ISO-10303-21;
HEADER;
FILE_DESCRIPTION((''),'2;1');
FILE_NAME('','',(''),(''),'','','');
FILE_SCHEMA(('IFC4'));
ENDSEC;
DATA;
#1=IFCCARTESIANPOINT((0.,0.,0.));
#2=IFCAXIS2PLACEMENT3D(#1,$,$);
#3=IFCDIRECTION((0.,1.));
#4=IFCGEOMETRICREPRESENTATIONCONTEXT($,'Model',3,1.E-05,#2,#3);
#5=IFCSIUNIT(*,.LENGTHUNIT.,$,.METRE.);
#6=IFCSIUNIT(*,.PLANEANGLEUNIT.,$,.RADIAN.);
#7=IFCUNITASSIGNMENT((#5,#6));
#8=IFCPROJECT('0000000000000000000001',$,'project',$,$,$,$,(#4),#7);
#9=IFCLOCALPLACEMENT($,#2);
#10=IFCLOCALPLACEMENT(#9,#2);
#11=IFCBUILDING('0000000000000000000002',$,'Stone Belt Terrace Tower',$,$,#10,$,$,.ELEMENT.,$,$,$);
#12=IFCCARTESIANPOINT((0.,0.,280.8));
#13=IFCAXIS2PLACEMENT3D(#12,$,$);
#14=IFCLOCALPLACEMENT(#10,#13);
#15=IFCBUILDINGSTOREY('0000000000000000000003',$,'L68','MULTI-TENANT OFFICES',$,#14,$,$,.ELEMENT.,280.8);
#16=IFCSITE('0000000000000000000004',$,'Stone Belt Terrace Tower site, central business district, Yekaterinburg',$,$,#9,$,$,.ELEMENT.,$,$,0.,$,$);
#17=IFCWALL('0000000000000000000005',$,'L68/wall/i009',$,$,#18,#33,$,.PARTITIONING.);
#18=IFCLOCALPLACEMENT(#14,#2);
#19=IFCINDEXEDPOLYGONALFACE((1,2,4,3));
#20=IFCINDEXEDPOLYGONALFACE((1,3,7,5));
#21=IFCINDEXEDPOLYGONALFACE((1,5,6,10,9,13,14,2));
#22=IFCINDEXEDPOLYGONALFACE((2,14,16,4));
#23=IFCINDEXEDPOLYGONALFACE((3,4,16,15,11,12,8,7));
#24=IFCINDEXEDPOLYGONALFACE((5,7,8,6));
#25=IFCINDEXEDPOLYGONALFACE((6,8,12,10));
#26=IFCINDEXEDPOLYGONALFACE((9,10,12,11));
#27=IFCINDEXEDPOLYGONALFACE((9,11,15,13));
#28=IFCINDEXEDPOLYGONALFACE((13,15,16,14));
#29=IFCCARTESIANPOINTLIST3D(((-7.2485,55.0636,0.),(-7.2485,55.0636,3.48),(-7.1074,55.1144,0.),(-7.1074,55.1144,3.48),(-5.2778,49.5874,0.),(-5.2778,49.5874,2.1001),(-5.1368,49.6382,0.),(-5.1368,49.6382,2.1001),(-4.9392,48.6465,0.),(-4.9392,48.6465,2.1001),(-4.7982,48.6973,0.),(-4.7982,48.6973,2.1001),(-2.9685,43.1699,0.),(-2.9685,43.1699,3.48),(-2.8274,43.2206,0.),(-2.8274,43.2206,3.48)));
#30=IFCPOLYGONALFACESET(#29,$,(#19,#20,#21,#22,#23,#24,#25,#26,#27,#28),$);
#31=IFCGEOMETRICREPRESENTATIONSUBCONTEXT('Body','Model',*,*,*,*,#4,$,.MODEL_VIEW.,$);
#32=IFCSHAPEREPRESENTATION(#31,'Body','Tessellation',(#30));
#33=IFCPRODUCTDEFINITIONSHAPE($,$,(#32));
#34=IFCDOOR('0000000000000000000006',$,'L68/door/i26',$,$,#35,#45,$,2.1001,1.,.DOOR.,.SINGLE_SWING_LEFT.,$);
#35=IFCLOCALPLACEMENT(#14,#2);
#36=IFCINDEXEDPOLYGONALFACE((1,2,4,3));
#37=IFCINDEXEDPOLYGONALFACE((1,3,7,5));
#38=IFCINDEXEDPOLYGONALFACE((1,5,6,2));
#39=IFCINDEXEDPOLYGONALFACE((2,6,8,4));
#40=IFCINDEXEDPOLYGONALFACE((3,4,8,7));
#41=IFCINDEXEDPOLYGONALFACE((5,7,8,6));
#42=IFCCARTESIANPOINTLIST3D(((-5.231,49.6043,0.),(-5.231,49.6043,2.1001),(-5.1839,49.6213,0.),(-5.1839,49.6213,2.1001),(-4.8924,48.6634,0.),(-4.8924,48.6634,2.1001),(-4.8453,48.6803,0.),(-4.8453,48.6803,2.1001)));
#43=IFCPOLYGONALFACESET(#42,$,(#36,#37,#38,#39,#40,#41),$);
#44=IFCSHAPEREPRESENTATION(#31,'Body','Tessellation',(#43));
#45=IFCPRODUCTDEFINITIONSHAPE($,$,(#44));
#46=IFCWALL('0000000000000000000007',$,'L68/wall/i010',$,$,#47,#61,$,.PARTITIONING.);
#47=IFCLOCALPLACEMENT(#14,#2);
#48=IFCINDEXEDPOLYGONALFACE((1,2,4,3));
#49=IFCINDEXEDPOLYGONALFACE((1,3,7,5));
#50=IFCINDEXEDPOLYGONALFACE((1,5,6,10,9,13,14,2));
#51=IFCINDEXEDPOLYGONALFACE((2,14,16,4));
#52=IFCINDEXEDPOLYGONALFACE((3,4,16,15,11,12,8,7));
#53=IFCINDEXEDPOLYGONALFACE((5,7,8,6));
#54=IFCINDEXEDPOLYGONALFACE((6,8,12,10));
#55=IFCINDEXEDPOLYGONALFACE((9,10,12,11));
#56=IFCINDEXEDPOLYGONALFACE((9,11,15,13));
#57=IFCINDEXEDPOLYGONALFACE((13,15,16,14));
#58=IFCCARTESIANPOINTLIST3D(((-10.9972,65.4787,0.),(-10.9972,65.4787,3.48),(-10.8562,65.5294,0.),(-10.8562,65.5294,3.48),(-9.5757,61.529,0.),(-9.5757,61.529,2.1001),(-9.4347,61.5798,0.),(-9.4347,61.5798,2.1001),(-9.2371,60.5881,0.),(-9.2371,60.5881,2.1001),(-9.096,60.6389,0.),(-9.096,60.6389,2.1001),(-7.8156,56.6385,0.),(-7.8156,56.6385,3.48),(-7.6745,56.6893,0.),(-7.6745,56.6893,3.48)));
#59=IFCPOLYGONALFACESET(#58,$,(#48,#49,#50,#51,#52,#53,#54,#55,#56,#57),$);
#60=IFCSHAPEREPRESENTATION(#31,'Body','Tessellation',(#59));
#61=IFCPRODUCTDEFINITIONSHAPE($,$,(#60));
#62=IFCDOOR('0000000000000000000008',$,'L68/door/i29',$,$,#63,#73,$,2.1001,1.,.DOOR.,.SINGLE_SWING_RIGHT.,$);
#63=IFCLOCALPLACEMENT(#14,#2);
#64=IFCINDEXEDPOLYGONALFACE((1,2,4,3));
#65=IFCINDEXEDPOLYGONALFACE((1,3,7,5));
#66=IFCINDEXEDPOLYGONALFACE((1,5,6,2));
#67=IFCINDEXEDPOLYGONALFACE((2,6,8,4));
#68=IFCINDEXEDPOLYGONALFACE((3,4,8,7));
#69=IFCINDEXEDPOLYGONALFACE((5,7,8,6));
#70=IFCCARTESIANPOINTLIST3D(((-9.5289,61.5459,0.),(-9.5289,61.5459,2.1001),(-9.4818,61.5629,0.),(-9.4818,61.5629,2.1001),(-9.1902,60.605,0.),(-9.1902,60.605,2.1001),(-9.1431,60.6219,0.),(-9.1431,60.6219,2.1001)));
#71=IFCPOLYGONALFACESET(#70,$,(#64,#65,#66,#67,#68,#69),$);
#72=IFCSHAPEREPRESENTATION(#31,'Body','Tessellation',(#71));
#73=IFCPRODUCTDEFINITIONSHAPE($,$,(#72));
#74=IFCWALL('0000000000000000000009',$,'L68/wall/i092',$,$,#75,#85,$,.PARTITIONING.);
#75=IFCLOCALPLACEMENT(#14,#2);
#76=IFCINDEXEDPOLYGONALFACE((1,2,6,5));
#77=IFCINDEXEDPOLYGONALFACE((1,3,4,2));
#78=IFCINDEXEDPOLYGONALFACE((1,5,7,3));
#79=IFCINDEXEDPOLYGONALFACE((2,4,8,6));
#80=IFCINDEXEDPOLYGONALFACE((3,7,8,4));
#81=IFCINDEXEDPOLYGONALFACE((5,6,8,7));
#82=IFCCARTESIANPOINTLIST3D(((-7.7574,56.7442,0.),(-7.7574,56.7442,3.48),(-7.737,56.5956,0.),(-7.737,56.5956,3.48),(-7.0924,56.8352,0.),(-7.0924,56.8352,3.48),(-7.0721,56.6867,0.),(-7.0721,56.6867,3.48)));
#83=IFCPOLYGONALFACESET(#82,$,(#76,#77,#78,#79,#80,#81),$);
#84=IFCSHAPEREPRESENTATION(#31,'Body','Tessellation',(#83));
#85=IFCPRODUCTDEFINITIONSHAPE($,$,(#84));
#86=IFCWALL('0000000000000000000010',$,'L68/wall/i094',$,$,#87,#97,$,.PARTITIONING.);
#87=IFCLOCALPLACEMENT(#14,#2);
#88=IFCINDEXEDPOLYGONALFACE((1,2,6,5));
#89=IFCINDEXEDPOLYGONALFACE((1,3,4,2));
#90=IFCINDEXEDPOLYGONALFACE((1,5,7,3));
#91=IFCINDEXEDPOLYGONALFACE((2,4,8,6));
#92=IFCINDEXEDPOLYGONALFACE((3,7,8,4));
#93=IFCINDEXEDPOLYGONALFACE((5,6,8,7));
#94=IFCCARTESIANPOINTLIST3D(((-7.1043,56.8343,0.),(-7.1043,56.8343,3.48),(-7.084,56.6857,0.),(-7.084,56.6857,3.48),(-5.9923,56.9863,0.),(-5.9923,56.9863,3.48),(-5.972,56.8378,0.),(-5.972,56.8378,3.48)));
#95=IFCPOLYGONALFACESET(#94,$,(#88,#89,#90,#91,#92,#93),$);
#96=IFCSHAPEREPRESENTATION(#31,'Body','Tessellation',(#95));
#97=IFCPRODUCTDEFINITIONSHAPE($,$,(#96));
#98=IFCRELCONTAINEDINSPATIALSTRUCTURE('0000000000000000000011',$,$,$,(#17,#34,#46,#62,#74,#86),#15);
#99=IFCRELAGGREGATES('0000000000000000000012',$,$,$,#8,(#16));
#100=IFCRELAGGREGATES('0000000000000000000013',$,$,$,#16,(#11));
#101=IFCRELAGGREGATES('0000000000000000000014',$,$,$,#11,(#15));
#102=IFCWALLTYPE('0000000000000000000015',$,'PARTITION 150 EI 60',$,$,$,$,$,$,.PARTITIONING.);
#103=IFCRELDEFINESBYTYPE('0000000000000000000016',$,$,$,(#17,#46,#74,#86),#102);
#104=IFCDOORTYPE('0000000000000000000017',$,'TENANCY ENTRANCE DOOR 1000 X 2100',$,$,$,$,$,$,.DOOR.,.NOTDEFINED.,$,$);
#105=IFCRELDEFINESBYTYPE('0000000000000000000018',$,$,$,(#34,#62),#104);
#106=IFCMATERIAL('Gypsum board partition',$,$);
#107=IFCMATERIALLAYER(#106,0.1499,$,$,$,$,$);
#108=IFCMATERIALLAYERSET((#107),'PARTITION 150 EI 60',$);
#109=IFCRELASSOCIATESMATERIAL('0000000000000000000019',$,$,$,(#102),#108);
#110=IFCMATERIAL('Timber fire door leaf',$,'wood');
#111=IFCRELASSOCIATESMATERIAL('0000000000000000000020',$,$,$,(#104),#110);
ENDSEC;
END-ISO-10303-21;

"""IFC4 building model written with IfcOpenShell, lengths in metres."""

from ifc_helpers import new_model, si_unit, direction, frame, frame_2d, origin, place, context, subcontext, project, spatial, rectangle, extrude, material, layer, layer_set, type_object, element, fill, save


model = new_model("IFC4")

# Units and contexts
model_context = context("Model", 3, precision=1e-05, world=origin(), true_north=direction((0.0, 1.0)))
body_context = subcontext(model_context, "Body", "Model", "MODEL_VIEW")
ifc_project = project(units=[si_unit("LENGTHUNIT", "METRE"), si_unit("PLANEANGLEUNIT", "RADIAN")], contexts=[model_context])

# Site, building, storey
site_placement = place(None, origin())
site = spatial("IfcSite", under=ifc_project, at=site_placement, Name="Stone Belt Terrace Tower site, central business district, Yekaterinburg", CompositionType="ELEMENT", RefElevation=0.0)
building_placement = place(site_placement, origin())
building = spatial("IfcBuilding", under=site, at=building_placement, Name="Stone Belt Terrace Tower", CompositionType="ELEMENT")
storey_placement = place(building_placement, frame((0.0, 0.0, 280.8)))
storey = spatial("IfcBuildingStorey", under=building, at=storey_placement, Name="L68", Description="MULTI-TENANT OFFICES", CompositionType="ELEMENT", Elevation=280.8)

# Shared definitions
ifc_material_1 = material(Name="Gypsum board partition")

# Walls, openings, doors
ifc_layer_1 = layer(ifc_material_1, 0.1499)
ifc_layer_set_1 = layer_set([ifc_layer_1], Name="PARTITION 150 EI 60")
wall_type_1 = type_object("IfcWallType", Name="PARTITION 150 EI 60", PredefinedType="PARTITIONING", material=ifc_layer_set_1)
wall_1_placement = place(storey_placement, frame((-7.178, 55.0891, 0.0), z_axis=(0.0, 0.0, 1.0), x_axis=(0.338598, -0.940931, 0.0)))
wall_1 = element("IfcWall", 1, at=wall_1_placement, inside=storey, type_object=wall_type_1, Name="L68/wall/i009", PredefinedType="PARTITIONING", context=body_context, shape_type="SweptSolid", body=[
    extrude(rectangle(XDim=12.6404, YDim=0.1499, at=frame_2d((6.3203, 0.0))), origin(), (0.0, 0.0, 1.0), 3.48),
])
opening_1_placement = place(wall_1_placement, frame((5.8201, 0.0, 0.0)))
opening_1 = element("IfcOpeningElement", 2, at=opening_1_placement, cuts=wall_1, PredefinedType="OPENING", context=body_context, shape_type="SweptSolid", body=[
    extrude(rectangle(XDim=1.0, YDim=2.1001, at=frame_2d((0.5, 1.05))), frame((0.0, 0.085, 0.0), z_axis=(0.0, -1.0, 0.0), x_axis=(1.0, 0.0, 0.0)), (0.0, 0.0, 1.0), 0.1699),
])
ifc_material_2 = material(Name="Timber fire door leaf", Category="wood")
door_type_1 = type_object("IfcDoorType", Name="TENANCY ENTRANCE DOOR 1000 X 2100", OperationType="NOTDEFINED", PredefinedType="DOOR", material=ifc_material_2)
door_1_placement = place(opening_1_placement, origin())
door_1 = element("IfcDoor", 3, at=door_1_placement, inside=storey, type_object=door_type_1, Name="L68/door/i26", OperationType="SINGLE_SWING_LEFT", OverallHeight=2.1001, OverallWidth=1.0, PredefinedType="DOOR", context=body_context, shape_type="SweptSolid", body=[
    extrude(rectangle(XDim=1.0, YDim=2.1001, at=frame_2d((0.5, 1.05))), frame((0.0, 0.0249, 0.0), z_axis=(0.0, -1.0, 0.0), x_axis=(1.0, 0.0, 0.0)), (0.0, 0.0, 1.0), 0.05),
])
fill(opening_1, door_1)
wall_2_placement = place(storey_placement, frame((-10.9268, 65.5042, 0.0), z_axis=(0.0, 0.0, 1.0), x_axis=(0.338645, -0.940914, 0.0)))
wall_2 = element("IfcWall", 4, at=wall_2_placement, inside=storey, type_object=wall_type_1, Name="L68/wall/i010", PredefinedType="PARTITIONING", context=body_context, shape_type="SweptSolid", body=[
    extrude(rectangle(XDim=9.3953, YDim=0.1499, at=frame_2d((4.6978, 0.0))), origin(), (0.0, 0.0, 1.0), 3.48),
])
opening_2_placement = place(wall_2_placement, frame((4.1978, 0.0, 0.0)))
opening_2 = element("IfcOpeningElement", 5, at=opening_2_placement, cuts=wall_2, PredefinedType="OPENING", context=body_context, shape_type="SweptSolid", body=[
    extrude(rectangle(XDim=1.0, YDim=2.1001, at=frame_2d((0.5, 1.05))), frame((0.0, 0.085, 0.0), z_axis=(0.0, -1.0, 0.0), x_axis=(1.0, 0.0, 0.0)), (0.0, 0.0, 1.0), 0.1699),
])
door_2_placement = place(opening_2_placement, origin())
door_2 = element("IfcDoor", 6, at=door_2_placement, inside=storey, type_object=door_type_1, Name="L68/door/i29", OperationType="SINGLE_SWING_RIGHT", OverallHeight=2.1001, OverallWidth=1.0, PredefinedType="DOOR", context=body_context, shape_type="SweptSolid", body=[
    extrude(rectangle(XDim=1.0, YDim=2.1001, at=frame_2d((0.5, 1.05))), frame((0.0, 0.0249, 0.0), z_axis=(0.0, -1.0, 0.0), x_axis=(1.0, 0.0, 0.0)), (0.0, 0.0, 1.0), 0.05),
])
fill(opening_2, door_2)

# Walls
wall_3_placement = place(storey_placement, frame((-7.7471, 56.6699, 0.0), z_axis=(0.0, 0.0, 1.0), x_axis=(0.990755, 0.135665, 0.0)))
element("IfcWall", 7, at=wall_3_placement, inside=storey, type_object=wall_type_1, Name="L68/wall/i092", PredefinedType="PARTITIONING", context=body_context, shape_type="SweptSolid", body=[
    extrude(rectangle(XDim=0.6711, YDim=0.1499, at=frame_2d((0.3354, 0.0))), origin(), (0.0, 0.0, 1.0), 3.48),
])
wall_4_placement = place(storey_placement, frame((-7.094, 56.76, 0.0), z_axis=(0.0, 0.0, 1.0), x_axis=(0.990776, 0.135511, 0.0)))
element("IfcWall", 8, at=wall_4_placement, inside=storey, type_object=wall_type_1, Name="L68/wall/i094", PredefinedType="PARTITIONING", context=body_context, shape_type="SweptSolid", body=[
    extrude(rectangle(XDim=1.1223, YDim=0.1499, at=frame_2d((0.561, 0.0))), origin(), (0.0, 0.0, 1.0), 3.48),
])

save(model, "model.ifc")
